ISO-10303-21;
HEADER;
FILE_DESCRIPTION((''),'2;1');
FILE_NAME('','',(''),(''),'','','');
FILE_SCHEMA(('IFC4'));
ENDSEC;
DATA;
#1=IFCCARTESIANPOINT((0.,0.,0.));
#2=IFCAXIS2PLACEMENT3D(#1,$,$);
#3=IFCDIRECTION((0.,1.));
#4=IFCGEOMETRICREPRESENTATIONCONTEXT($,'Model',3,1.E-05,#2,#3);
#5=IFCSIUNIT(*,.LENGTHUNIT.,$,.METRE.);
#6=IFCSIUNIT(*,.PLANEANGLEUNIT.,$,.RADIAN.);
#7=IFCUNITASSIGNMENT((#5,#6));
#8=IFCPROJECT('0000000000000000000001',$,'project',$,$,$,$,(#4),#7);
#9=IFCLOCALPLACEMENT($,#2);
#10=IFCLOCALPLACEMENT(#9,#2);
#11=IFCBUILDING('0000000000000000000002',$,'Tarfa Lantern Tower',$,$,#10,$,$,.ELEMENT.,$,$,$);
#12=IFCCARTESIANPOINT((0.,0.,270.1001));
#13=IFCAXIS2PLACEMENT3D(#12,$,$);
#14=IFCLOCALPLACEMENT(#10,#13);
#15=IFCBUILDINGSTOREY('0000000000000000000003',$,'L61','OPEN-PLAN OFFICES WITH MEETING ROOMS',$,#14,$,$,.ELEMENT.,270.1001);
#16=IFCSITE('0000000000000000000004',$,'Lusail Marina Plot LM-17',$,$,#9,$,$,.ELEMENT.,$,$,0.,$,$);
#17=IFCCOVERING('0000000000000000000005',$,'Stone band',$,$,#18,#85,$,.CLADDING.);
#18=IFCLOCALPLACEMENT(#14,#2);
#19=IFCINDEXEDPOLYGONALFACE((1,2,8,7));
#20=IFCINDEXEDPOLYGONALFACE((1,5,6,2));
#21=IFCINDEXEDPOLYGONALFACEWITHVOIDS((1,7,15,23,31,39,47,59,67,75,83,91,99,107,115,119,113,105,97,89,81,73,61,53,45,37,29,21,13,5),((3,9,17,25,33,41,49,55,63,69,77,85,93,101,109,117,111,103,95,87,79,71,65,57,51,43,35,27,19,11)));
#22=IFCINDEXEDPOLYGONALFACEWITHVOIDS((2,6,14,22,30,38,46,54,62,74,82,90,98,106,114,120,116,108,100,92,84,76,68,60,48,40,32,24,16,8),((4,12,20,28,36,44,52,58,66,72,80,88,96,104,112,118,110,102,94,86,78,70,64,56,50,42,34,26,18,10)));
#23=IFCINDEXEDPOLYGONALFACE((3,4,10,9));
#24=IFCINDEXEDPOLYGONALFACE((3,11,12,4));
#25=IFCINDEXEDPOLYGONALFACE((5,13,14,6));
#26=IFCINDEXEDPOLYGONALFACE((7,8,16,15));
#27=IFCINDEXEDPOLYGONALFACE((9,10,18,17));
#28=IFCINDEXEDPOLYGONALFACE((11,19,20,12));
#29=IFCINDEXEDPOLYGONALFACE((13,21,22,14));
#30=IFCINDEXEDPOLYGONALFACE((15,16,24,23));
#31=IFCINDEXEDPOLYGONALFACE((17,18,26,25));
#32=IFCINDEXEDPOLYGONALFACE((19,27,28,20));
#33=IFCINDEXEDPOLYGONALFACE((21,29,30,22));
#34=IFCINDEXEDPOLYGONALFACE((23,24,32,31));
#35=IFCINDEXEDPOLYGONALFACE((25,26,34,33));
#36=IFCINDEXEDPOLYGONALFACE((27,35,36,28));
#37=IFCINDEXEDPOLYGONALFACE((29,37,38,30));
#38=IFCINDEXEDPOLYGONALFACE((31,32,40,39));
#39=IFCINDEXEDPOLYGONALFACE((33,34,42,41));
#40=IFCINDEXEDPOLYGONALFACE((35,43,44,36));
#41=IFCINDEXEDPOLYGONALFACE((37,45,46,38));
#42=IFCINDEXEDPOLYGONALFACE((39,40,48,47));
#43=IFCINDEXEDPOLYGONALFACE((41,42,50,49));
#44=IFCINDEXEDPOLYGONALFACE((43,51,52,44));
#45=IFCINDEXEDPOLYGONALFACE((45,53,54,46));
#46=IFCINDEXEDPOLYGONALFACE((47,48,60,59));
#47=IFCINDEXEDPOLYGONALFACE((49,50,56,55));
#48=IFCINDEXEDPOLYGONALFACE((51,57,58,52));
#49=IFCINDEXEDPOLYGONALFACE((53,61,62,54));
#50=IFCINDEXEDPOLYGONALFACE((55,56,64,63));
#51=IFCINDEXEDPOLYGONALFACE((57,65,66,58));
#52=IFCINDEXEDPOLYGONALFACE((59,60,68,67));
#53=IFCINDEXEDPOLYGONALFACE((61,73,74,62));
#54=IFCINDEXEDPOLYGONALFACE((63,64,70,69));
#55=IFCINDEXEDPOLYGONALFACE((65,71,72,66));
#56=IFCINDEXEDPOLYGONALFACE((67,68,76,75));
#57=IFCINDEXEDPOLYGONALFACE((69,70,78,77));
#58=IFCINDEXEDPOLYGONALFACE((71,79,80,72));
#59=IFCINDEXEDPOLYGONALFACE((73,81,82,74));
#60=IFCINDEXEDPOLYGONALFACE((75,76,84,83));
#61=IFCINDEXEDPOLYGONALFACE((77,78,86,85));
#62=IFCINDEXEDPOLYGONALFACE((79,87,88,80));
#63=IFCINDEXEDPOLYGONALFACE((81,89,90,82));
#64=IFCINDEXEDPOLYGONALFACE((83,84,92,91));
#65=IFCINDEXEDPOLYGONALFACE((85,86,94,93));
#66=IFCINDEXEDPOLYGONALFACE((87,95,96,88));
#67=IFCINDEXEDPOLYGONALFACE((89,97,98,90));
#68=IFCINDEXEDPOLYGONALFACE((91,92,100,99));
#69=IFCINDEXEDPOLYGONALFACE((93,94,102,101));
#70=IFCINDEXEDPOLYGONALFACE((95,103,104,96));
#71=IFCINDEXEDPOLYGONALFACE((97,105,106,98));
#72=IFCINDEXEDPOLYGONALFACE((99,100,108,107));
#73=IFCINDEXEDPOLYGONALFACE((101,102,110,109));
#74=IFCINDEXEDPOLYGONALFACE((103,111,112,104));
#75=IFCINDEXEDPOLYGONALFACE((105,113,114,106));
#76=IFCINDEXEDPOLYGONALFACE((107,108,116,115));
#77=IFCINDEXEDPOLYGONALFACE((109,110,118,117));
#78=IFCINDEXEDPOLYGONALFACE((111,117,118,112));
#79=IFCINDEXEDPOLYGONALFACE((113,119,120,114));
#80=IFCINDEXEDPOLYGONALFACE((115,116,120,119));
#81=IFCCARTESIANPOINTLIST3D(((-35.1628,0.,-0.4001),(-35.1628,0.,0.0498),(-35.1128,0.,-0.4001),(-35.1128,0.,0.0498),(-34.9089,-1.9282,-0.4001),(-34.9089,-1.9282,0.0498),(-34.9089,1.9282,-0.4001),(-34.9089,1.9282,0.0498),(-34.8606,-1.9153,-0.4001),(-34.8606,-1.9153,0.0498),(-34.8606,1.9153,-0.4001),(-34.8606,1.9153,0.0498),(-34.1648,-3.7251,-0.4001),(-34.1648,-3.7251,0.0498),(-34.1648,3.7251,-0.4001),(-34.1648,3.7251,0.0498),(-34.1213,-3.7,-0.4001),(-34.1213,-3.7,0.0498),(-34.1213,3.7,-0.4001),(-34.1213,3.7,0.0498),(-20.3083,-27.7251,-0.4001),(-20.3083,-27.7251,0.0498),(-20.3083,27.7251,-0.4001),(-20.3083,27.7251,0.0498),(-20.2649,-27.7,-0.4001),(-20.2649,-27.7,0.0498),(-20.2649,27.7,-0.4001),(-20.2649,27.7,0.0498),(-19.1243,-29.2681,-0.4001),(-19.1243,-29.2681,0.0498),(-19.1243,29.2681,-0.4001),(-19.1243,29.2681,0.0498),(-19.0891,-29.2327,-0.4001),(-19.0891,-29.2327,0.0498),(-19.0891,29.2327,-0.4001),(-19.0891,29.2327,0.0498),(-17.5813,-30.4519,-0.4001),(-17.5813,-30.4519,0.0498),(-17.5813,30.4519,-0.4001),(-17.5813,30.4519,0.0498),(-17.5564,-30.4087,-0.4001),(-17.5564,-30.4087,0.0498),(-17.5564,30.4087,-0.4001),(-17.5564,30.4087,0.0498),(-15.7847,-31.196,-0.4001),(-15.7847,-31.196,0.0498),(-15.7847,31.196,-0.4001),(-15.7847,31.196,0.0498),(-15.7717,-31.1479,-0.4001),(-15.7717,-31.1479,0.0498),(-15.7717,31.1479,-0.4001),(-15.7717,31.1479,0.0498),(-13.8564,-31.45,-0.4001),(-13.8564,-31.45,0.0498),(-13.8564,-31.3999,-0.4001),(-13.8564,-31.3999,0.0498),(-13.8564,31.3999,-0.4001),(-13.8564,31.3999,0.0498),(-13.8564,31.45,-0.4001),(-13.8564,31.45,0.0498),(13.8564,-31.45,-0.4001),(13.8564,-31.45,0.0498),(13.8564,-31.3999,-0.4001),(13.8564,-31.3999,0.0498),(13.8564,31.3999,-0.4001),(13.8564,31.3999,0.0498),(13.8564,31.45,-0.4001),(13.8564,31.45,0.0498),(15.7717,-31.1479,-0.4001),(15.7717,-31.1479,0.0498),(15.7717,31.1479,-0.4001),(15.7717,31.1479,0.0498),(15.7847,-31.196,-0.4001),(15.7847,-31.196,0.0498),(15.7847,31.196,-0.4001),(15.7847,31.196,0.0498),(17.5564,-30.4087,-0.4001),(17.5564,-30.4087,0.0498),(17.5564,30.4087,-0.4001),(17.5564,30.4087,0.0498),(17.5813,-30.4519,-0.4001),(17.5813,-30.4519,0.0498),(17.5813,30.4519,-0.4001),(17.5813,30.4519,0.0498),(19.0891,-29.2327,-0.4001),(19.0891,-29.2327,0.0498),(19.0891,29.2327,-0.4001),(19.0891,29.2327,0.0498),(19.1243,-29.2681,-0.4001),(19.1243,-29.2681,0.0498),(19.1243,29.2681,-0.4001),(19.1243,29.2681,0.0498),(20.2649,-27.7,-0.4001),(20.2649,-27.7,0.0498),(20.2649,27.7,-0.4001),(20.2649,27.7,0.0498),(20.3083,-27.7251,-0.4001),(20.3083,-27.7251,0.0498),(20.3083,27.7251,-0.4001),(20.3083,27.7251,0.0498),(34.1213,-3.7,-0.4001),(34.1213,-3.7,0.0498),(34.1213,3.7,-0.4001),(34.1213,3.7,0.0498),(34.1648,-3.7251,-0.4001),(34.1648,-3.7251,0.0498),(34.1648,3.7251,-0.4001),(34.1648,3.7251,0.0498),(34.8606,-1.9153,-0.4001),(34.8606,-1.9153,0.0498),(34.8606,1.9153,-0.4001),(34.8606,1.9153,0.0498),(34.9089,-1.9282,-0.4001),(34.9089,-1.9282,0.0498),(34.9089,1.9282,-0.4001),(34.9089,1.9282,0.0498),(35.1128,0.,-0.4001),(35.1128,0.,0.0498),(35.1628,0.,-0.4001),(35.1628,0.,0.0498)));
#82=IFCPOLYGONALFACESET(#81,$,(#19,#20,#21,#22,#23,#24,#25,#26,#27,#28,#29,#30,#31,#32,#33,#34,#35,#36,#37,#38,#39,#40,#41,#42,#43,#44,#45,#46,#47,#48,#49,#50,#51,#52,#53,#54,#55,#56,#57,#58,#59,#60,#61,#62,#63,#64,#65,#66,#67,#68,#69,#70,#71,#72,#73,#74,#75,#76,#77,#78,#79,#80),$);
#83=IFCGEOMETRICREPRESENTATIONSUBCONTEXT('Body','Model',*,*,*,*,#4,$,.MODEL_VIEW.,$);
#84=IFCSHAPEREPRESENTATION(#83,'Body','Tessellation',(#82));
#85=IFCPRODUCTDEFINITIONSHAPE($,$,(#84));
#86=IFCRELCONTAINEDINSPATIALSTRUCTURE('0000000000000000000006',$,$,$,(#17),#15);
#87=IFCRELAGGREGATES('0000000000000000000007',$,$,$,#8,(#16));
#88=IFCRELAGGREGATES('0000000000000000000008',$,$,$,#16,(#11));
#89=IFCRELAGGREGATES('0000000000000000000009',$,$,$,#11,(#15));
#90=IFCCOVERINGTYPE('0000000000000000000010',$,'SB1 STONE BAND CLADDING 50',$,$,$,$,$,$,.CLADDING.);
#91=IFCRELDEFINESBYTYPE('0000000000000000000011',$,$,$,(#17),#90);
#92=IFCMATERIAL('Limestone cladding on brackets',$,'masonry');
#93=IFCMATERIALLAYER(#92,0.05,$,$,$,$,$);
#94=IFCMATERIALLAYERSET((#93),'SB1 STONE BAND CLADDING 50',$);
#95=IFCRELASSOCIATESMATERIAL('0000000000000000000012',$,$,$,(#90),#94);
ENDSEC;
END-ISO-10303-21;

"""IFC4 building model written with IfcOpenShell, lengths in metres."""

from ifc_helpers import new_model, si_unit, direction, frame, origin, place, context, subcontext, project, spatial, polyline, outline, extrude, material, layer, layer_set, type_object, element, save


model = new_model("IFC4")

# Units and contexts
model_context = context("Model", 3, precision=1e-05, world=origin(), true_north=direction((0.0, 1.0)))
body_context = subcontext(model_context, "Body", "Model", "MODEL_VIEW")
ifc_project = project(units=[si_unit("LENGTHUNIT", "METRE"), si_unit("PLANEANGLEUNIT", "RADIAN")], contexts=[model_context])

# Site, building, storey
site_placement = place(None, origin())
site = spatial("IfcSite", under=ifc_project, at=site_placement, Name="Lusail Marina Plot LM-17", CompositionType="ELEMENT", RefElevation=0.0)
building_placement = place(site_placement, origin())
building = spatial("IfcBuilding", under=site, at=building_placement, Name="Tarfa Lantern Tower", CompositionType="ELEMENT")
storey_placement = place(building_placement, frame((0.0, 0.0, 270.1001)))
storey = spatial("IfcBuildingStorey", under=building, at=storey_placement, Name="L61", Description="OPEN-PLAN OFFICES WITH MEETING ROOMS", CompositionType="ELEMENT", Elevation=270.1001)

# Covering
ifc_material_1 = material(Name="Limestone cladding on brackets", Category="masonry")
ifc_layer_1 = layer(ifc_material_1, 0.05)
ifc_layer_set_1 = layer_set([ifc_layer_1], Name="SB1 STONE BAND CLADDING 50")
covering_type_1 = type_object("IfcCoveringType", Name="SB1 STONE BAND CLADDING 50", PredefinedType="CLADDING", material=ifc_layer_set_1)
covering_1_placement = place(storey_placement, frame((0.0, 0.0, -0.4001)))
element("IfcCovering", 1, at=covering_1_placement, inside=storey, type_object=covering_type_1, Name="Stone band", PredefinedType="CLADDING", context=body_context, shape_type="SweptSolid", body=[
    extrude(outline(polyline([(34.1648, 3.7251), (20.3083, 27.7251), (19.1243, 29.2681), (17.5813, 30.4519), (15.7847, 31.196), (13.8564, 31.45), (-13.8564, 31.45), (-15.7847, 31.196), (-17.5813, 30.4519), (-19.1243, 29.2681), (-20.3083, 27.7251), (-34.1648, 3.7251), (-34.9089, 1.9282), (-35.1628, 0.0), (-34.9089, -1.9282), (-34.1648, -3.7251), (-20.3083, -27.7251), (-19.1243, -29.2681), (-17.5813, -30.4519), (-15.7847, -31.196), (-13.8564, -31.45), (13.8564, -31.45), (15.7847, -31.196), (17.5813, -30.4519), (19.1243, -29.2681), (20.3083, -27.7251), (34.1648, -3.7251), (34.9089, -1.9282), (35.1628, 0.0), (34.9089, 1.9282), (34.1648, 3.7251)]), holes=[polyline([(34.1213, 3.7), (20.2649, 27.7), (19.0891, 29.2327), (17.5564, 30.4087), (15.7717, 31.1479), (13.8564, 31.3999), (-13.8564, 31.3999), (-15.7717, 31.1479), (-17.5564, 30.4087), (-19.0891, 29.2327), (-20.2649, 27.7), (-34.1213, 3.7), (-34.8606, 1.9153), (-35.1128, 0.0), (-34.8606, -1.9153), (-34.1213, -3.7), (-20.2649, -27.7), (-19.0891, -29.2327), (-17.5564, -30.4087), (-15.7717, -31.1479), (-13.8564, -31.3999), (13.8564, -31.3999), (15.7717, -31.1479), (17.5564, -30.4087), (19.0891, -29.2327), (20.2649, -27.7), (34.1213, -3.7), (34.8606, -1.9153), (35.1128, 0.0), (34.8606, 1.9153), (34.1213, 3.7)])]), origin(), (0.0, 0.0, 1.0), 0.45),
])

save(model, "model.ifc")
